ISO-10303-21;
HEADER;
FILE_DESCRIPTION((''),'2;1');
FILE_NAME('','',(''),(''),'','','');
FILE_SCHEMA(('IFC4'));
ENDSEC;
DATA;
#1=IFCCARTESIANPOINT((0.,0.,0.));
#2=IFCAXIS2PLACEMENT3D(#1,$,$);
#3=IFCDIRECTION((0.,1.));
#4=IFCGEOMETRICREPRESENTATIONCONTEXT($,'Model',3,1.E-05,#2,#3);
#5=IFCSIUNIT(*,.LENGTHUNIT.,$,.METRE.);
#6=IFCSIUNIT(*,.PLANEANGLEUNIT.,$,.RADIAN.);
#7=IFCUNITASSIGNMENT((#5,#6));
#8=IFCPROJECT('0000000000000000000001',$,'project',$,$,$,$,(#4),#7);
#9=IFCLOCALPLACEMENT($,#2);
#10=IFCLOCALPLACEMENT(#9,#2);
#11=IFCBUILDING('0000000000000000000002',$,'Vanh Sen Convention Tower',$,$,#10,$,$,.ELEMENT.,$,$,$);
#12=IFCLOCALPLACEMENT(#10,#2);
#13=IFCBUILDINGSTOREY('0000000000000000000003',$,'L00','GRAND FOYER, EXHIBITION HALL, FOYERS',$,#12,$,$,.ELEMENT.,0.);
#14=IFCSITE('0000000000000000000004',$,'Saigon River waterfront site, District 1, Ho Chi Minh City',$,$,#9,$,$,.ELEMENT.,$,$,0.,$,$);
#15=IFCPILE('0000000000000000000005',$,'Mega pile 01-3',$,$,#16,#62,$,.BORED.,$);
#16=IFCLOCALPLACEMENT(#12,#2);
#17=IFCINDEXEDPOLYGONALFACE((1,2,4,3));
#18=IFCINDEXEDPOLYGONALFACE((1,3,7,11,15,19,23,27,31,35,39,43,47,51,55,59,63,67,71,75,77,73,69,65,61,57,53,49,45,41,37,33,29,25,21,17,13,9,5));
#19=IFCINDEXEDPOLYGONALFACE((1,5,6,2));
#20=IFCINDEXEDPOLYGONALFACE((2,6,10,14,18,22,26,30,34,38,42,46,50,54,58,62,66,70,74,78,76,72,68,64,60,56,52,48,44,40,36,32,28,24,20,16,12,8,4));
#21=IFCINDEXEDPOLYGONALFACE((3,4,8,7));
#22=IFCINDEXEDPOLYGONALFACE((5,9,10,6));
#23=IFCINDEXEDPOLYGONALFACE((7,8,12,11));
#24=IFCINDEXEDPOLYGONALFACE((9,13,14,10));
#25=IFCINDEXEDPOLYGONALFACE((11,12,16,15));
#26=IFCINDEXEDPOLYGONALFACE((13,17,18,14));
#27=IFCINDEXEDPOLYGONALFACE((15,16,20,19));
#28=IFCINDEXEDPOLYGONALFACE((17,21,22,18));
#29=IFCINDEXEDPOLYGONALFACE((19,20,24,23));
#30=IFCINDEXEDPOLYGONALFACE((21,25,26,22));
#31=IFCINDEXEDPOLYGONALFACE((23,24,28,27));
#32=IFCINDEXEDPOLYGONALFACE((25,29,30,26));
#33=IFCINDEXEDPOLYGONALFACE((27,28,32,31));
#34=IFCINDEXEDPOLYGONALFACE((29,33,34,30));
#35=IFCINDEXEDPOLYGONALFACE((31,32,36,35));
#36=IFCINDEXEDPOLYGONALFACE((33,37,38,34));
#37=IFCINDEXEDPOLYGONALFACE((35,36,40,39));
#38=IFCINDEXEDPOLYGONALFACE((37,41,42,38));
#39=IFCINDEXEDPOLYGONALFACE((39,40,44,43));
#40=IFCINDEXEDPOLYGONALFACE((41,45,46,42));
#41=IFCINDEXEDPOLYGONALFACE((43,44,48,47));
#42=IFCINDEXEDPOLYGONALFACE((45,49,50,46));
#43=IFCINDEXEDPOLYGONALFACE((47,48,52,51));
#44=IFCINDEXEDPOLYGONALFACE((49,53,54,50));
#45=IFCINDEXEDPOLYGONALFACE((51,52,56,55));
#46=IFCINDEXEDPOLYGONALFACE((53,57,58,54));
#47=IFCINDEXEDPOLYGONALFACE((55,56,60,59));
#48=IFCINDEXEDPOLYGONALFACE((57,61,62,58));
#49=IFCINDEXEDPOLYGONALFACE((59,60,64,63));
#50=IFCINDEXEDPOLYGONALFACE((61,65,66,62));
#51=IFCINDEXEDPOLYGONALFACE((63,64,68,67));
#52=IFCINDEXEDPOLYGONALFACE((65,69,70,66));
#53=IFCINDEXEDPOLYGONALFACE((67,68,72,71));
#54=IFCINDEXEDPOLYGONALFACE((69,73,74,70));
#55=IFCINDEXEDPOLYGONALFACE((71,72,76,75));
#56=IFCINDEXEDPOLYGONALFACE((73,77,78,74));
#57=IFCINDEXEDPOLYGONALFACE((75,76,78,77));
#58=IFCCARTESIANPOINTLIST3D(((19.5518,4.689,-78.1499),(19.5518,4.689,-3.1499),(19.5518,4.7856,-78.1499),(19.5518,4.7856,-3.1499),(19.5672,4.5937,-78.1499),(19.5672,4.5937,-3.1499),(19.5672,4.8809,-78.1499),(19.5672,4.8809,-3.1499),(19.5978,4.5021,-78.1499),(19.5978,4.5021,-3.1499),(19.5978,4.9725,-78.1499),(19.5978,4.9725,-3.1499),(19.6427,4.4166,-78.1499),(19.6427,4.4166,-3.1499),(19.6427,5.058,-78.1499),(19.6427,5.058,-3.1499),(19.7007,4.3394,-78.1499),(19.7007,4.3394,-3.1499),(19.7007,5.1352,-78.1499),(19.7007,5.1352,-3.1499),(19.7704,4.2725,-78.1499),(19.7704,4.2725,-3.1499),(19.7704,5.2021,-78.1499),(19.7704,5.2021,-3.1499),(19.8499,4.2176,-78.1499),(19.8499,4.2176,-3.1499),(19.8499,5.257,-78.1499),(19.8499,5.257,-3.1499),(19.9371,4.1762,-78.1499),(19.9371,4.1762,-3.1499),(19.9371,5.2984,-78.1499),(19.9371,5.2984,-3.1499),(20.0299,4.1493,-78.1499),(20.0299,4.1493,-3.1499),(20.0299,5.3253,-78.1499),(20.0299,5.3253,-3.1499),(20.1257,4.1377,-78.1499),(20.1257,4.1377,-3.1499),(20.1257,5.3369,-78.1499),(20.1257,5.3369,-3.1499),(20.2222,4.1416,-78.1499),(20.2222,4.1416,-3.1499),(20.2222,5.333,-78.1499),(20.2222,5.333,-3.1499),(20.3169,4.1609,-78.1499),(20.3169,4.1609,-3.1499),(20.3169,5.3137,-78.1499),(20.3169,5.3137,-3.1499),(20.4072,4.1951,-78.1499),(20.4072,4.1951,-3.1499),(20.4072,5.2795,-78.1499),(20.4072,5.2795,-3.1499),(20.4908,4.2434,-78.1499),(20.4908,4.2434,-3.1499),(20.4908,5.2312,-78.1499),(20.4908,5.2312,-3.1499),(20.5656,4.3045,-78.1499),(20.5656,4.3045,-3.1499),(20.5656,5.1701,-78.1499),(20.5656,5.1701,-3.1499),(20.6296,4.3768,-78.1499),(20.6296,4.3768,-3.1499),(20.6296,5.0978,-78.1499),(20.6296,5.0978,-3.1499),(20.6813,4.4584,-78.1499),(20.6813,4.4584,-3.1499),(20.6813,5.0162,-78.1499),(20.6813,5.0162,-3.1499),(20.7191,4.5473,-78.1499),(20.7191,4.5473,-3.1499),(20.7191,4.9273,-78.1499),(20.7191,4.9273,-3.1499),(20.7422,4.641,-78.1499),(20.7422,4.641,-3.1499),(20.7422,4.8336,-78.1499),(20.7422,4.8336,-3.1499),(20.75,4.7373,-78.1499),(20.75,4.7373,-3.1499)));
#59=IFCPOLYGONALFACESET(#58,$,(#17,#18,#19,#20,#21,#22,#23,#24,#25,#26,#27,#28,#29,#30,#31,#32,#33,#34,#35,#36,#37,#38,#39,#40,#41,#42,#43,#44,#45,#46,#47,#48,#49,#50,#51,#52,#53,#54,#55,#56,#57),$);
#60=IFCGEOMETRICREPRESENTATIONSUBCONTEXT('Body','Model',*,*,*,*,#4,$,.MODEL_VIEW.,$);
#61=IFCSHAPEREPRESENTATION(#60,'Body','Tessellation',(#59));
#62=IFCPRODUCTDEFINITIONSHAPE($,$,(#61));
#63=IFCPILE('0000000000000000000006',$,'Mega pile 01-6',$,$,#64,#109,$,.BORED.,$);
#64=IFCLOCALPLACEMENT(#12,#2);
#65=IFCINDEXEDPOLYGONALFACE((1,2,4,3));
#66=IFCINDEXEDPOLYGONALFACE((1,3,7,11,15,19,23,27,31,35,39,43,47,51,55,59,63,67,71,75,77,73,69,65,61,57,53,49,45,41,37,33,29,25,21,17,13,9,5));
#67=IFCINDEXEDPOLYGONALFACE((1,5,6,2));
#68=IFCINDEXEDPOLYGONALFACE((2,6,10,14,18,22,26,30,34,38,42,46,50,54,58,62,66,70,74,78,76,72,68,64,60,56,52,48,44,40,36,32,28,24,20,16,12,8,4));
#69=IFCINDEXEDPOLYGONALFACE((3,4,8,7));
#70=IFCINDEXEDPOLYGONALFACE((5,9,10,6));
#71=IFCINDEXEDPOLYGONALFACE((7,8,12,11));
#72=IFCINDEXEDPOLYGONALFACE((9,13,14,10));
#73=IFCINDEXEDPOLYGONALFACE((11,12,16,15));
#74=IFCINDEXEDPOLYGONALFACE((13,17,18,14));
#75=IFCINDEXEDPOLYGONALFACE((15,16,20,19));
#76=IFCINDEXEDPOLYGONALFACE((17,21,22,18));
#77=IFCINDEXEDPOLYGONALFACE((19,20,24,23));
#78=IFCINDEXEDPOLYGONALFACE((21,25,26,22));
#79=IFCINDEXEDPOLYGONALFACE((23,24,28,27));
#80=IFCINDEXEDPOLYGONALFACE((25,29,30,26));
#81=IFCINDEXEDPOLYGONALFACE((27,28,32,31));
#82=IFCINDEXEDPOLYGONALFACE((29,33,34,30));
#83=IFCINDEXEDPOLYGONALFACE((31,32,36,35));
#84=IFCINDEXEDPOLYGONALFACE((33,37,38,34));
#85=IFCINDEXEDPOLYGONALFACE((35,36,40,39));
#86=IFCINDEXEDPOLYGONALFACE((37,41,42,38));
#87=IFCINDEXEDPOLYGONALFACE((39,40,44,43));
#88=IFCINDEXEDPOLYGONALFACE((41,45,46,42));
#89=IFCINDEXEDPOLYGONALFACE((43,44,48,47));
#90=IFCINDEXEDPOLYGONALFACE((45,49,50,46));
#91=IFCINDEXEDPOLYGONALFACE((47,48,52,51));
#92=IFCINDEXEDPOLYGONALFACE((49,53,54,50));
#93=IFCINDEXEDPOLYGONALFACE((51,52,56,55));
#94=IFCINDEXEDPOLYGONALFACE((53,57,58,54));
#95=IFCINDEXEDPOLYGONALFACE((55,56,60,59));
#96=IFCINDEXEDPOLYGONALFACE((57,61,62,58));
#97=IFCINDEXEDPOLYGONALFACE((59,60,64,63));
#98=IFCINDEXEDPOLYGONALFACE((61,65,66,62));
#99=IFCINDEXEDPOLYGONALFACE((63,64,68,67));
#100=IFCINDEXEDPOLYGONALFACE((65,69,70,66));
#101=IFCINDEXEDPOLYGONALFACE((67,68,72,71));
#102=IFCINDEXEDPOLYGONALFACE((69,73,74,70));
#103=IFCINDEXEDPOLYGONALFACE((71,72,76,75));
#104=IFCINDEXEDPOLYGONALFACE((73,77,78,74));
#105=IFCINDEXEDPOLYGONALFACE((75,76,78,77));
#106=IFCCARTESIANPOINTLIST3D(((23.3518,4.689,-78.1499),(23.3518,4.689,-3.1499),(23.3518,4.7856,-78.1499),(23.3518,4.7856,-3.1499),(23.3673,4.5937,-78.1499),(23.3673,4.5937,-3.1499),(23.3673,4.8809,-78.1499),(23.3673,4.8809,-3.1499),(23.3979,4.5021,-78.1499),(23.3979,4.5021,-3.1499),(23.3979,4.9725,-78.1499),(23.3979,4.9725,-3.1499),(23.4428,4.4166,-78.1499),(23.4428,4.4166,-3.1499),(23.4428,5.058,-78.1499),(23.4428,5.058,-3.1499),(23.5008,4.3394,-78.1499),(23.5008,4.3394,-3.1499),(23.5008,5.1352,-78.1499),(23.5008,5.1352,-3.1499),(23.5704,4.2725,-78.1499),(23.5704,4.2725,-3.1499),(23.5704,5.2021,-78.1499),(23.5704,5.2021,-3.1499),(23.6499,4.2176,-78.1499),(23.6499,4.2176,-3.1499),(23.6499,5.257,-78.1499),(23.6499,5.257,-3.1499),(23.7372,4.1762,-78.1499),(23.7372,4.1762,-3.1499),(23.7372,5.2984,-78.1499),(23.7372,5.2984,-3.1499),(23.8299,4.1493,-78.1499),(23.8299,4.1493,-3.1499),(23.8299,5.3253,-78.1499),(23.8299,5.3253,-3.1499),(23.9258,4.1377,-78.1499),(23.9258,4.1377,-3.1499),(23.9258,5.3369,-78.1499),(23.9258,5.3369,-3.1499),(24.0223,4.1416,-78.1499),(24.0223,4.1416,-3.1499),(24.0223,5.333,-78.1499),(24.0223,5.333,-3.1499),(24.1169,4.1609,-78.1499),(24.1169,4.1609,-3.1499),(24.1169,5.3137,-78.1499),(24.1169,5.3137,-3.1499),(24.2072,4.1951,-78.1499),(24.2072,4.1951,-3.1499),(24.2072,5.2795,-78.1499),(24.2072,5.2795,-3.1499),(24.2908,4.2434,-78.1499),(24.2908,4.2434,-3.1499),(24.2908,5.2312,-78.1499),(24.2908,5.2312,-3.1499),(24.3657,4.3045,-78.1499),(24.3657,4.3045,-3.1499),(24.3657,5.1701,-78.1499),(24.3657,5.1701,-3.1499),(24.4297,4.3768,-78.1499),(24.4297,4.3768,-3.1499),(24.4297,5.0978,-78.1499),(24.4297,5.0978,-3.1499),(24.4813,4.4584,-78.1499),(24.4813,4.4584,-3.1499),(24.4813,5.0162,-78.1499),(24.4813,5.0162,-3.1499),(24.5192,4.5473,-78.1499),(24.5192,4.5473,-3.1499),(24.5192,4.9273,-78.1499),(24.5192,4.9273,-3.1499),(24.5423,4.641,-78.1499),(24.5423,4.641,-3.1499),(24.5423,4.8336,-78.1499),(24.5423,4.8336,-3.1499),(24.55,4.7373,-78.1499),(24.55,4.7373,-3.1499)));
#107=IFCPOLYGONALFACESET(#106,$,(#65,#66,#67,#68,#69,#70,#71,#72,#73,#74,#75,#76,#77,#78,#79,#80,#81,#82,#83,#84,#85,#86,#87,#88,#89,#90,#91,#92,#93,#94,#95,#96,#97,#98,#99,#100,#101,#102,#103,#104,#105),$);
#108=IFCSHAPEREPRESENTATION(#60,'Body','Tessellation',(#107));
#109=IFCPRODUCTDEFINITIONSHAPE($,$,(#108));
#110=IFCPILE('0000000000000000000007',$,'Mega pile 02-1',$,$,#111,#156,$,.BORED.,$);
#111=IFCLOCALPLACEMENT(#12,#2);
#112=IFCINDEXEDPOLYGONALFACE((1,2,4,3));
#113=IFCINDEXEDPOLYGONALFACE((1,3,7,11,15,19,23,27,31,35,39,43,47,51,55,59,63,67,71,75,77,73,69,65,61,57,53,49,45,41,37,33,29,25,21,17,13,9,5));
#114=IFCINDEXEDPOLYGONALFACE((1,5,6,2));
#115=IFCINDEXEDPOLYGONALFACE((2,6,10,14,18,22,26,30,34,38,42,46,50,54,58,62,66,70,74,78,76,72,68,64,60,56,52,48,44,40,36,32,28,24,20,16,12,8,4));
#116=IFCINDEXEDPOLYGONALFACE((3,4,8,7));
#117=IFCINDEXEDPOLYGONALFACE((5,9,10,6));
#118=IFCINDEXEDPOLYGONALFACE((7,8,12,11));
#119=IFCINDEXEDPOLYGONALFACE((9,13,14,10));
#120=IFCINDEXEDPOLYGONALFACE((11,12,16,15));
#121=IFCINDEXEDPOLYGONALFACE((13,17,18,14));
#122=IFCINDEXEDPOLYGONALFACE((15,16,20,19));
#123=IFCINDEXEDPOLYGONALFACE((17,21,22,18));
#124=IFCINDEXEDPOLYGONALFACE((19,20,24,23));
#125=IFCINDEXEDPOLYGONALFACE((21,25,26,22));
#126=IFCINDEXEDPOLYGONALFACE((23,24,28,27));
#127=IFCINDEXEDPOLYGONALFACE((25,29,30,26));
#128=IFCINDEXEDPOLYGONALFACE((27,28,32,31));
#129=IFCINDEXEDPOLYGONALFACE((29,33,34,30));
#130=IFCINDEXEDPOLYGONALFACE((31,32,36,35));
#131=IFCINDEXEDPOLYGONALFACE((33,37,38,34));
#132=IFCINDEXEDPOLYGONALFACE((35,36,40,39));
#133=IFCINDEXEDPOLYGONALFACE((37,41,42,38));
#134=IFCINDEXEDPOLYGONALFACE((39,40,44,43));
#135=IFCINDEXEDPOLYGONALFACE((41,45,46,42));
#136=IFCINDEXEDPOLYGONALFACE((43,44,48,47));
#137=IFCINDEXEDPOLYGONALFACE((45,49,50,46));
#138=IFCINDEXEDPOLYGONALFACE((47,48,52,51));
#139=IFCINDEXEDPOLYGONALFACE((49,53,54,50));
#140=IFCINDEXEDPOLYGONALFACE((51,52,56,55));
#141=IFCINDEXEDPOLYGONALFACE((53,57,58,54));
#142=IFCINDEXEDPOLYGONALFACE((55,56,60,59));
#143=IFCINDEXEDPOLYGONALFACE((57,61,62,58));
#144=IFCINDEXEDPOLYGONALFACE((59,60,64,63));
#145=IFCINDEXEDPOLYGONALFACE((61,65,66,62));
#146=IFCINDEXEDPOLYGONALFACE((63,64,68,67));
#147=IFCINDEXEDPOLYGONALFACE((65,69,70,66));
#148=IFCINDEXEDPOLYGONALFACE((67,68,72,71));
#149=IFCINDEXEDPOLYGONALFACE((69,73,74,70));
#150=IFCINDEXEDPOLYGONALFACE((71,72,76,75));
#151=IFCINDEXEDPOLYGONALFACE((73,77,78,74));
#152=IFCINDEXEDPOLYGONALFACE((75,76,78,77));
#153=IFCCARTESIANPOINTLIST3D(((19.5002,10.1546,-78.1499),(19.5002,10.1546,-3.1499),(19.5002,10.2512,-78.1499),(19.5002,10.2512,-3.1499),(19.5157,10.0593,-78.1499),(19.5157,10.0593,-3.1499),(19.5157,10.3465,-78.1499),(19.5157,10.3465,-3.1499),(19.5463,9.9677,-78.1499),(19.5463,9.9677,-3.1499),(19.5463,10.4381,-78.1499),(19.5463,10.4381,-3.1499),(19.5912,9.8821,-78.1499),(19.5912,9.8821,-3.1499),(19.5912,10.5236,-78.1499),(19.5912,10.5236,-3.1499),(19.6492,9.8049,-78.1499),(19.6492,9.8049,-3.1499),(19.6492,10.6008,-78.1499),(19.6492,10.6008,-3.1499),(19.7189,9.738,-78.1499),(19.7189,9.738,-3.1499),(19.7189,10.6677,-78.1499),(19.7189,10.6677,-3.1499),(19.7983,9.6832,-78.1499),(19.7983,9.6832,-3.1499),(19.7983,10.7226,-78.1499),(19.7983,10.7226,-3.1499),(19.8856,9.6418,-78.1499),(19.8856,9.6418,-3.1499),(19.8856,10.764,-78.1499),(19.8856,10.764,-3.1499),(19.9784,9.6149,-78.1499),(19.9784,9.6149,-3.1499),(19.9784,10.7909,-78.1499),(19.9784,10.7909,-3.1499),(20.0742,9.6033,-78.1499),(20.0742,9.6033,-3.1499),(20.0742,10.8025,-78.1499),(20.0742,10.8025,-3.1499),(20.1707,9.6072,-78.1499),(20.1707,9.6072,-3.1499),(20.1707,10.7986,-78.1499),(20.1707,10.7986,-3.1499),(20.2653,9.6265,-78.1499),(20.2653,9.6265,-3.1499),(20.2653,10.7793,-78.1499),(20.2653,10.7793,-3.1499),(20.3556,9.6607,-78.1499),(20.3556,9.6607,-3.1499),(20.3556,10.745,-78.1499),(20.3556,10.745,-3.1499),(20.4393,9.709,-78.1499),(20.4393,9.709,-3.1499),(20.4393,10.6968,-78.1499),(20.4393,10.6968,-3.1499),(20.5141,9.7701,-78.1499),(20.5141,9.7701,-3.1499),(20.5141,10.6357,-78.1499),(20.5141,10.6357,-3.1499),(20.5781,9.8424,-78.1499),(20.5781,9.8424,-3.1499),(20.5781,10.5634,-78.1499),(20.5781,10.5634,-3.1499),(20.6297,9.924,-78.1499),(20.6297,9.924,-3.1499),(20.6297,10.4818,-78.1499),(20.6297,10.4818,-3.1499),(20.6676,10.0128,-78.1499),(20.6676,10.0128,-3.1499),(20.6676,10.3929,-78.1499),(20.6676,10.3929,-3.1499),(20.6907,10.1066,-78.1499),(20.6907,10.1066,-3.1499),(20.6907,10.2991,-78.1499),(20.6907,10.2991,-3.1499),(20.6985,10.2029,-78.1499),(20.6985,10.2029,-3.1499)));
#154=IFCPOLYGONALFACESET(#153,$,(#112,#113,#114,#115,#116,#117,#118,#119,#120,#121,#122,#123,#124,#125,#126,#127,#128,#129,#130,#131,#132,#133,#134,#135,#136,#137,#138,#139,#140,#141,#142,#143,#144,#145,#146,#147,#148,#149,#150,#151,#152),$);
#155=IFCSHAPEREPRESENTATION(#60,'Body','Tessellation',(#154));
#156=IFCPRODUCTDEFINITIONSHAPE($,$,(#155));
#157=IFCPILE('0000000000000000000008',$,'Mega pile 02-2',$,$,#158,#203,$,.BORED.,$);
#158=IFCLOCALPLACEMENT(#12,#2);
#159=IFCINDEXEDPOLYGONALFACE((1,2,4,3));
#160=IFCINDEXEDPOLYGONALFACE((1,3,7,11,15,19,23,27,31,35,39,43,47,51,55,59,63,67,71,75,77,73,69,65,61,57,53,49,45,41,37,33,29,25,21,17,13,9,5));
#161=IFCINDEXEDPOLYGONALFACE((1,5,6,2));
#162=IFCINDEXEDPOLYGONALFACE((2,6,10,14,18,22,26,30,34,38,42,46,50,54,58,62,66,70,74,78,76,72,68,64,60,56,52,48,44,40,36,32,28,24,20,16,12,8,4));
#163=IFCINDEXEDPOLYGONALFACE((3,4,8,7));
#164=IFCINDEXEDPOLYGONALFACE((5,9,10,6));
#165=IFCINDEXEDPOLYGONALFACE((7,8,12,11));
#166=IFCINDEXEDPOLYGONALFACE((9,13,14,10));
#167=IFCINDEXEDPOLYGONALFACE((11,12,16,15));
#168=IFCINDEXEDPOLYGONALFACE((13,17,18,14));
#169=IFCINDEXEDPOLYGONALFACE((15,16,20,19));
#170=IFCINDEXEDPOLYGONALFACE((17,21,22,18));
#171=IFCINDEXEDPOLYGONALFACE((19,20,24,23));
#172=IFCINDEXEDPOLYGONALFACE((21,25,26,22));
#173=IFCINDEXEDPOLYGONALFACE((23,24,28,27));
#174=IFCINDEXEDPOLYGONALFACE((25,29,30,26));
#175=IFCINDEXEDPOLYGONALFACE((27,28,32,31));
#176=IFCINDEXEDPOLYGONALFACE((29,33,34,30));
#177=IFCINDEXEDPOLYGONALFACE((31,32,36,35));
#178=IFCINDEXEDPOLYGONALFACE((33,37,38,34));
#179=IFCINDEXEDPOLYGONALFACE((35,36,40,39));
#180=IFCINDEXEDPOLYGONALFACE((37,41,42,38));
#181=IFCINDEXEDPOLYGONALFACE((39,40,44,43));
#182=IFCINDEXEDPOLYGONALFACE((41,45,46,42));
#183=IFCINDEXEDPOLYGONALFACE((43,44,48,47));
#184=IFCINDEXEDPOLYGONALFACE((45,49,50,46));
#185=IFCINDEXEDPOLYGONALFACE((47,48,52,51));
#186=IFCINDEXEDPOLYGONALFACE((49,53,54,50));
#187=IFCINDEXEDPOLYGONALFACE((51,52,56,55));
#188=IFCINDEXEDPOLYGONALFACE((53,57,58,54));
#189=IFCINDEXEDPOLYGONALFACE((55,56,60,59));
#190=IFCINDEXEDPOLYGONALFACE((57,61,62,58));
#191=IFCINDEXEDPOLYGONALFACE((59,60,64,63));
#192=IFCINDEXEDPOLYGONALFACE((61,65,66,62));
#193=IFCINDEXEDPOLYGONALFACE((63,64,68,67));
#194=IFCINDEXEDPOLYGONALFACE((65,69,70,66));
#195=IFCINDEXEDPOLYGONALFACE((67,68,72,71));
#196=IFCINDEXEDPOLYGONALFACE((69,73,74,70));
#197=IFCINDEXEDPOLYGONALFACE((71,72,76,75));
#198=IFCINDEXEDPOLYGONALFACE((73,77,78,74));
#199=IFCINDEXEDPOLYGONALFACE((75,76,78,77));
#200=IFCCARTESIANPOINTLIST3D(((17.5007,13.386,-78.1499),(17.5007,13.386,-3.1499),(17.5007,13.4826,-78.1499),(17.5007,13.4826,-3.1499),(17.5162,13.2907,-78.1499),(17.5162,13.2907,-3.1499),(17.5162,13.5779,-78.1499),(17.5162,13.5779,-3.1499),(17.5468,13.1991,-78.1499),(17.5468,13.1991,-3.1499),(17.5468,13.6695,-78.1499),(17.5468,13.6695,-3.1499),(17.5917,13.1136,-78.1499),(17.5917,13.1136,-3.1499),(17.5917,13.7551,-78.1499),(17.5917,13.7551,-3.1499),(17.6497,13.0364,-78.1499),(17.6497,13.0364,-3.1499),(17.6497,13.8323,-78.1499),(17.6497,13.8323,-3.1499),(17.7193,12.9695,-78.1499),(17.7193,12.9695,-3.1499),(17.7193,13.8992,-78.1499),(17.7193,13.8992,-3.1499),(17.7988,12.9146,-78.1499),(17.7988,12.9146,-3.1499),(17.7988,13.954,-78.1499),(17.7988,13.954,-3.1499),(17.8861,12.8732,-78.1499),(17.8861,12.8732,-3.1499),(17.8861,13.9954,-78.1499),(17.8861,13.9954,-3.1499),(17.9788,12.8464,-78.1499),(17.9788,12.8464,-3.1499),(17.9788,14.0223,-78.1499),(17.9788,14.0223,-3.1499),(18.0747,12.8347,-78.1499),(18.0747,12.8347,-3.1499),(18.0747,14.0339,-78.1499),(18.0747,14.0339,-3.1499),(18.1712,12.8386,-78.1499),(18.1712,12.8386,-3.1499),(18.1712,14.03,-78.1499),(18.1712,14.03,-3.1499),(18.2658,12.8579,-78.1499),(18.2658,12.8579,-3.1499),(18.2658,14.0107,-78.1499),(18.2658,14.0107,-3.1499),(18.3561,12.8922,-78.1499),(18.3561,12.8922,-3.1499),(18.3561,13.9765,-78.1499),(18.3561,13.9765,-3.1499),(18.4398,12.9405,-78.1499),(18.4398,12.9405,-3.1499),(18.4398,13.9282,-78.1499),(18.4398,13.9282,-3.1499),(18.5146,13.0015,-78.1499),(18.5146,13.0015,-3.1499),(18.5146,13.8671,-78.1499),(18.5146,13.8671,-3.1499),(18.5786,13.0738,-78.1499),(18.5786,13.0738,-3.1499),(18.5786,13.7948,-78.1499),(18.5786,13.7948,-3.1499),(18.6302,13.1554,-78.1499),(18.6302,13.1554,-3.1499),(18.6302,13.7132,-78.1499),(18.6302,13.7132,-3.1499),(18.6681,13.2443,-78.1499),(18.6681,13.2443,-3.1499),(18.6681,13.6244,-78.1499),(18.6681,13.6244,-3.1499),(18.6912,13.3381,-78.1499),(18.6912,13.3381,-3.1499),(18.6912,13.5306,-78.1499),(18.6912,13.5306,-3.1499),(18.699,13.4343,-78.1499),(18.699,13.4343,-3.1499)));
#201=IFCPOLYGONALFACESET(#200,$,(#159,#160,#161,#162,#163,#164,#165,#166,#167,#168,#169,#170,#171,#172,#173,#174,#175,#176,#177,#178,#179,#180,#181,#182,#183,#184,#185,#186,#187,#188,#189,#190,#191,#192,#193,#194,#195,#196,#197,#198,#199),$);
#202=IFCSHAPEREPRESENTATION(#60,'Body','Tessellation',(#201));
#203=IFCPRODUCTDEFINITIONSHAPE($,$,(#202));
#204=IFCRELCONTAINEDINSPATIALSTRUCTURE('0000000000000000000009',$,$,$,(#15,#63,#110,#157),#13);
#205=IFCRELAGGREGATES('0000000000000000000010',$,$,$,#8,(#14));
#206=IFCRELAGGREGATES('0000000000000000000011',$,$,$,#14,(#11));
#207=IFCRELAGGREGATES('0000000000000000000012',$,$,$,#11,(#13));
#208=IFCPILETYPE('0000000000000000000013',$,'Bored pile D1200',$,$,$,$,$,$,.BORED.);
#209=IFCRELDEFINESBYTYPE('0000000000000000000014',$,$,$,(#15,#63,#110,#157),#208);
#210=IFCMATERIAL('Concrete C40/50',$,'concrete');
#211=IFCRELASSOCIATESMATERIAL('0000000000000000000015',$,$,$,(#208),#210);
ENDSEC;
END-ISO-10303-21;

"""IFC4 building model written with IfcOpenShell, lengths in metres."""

from ifc_helpers import new_model, si_unit, direction, frame, origin, origin_2d, place, context, subcontext, project, spatial, circle, extrude, material, material_profile, profile_set, type_object, element, save


model = new_model("IFC4")

# Units and contexts
model_context = context("Model", 3, precision=1e-05, world=origin(), true_north=direction((0.0, 1.0)))
body_context = subcontext(model_context, "Body", "Model", "MODEL_VIEW")
ifc_project = project(units=[si_unit("LENGTHUNIT", "METRE"), si_unit("PLANEANGLEUNIT", "RADIAN")], contexts=[model_context])

# Site, building, storey
site_placement = place(None, origin())
site = spatial("IfcSite", under=ifc_project, at=site_placement, Name="Saigon River waterfront site, District 1, Ho Chi Minh City", CompositionType="ELEMENT", RefElevation=0.0)
building_placement = place(site_placement, origin())
building = spatial("IfcBuilding", under=site, at=building_placement, Name="Vanh Sen Convention Tower", CompositionType="ELEMENT")
storey_placement = place(building_placement, origin())
storey = spatial("IfcBuildingStorey", under=building, at=storey_placement, Name="L00", Description="GRAND FOYER, EXHIBITION HALL, FOYERS", CompositionType="ELEMENT", Elevation=0.0)

# Piles
ifc_material_1 = material(Name="Concrete C40/50", Category="concrete")
ifc_material_profile_1 = material_profile(ifc_material_1, circle(Radius=0.6001, at=origin_2d()), Name="Bored pile D1200")
ifc_profile_set_1 = profile_set([ifc_material_profile_1], Name="Concrete C40/50")
pile_type = type_object("IfcPileType", Name="Bored pile D1200", PredefinedType="BORED", material=ifc_profile_set_1)
for number, where, z_axis, x_axis, name in (
    (1, (20.1499, 4.7373, -3.1499), (0.0, 0.0, -1.0), (1.0, 0.0, 0.0), "Mega pile 01-3"),
    (2, (23.95, 4.7373, -3.1499), (0.0, 0.0, -1.0), (1.0, 0.0, 0.0), "Mega pile 01-6"),
    (3, (20.0984, 10.2029, -3.1499), (0.0, 0.0, -1.0), (1.0, 0.0, 0.0), "Mega pile 02-1"),
    (4, (18.0989, 13.4343, -3.1499), (0.0, 0.0, -1.0), (1.0, 0.0, 0.0), "Mega pile 02-2"),
):
    element("IfcPile", number, at=place(storey_placement, frame(where, z_axis=z_axis, x_axis=x_axis)), inside=storey, type_object=pile_type, Name=name, PredefinedType="BORED", context=body_context, shape_type="SweptSolid", body=[
        extrude(circle(Radius=0.6001, at=origin_2d()), origin(), (0.0, 0.0, 1.0), 75.0),
    ])

save(model, "model.ifc")
